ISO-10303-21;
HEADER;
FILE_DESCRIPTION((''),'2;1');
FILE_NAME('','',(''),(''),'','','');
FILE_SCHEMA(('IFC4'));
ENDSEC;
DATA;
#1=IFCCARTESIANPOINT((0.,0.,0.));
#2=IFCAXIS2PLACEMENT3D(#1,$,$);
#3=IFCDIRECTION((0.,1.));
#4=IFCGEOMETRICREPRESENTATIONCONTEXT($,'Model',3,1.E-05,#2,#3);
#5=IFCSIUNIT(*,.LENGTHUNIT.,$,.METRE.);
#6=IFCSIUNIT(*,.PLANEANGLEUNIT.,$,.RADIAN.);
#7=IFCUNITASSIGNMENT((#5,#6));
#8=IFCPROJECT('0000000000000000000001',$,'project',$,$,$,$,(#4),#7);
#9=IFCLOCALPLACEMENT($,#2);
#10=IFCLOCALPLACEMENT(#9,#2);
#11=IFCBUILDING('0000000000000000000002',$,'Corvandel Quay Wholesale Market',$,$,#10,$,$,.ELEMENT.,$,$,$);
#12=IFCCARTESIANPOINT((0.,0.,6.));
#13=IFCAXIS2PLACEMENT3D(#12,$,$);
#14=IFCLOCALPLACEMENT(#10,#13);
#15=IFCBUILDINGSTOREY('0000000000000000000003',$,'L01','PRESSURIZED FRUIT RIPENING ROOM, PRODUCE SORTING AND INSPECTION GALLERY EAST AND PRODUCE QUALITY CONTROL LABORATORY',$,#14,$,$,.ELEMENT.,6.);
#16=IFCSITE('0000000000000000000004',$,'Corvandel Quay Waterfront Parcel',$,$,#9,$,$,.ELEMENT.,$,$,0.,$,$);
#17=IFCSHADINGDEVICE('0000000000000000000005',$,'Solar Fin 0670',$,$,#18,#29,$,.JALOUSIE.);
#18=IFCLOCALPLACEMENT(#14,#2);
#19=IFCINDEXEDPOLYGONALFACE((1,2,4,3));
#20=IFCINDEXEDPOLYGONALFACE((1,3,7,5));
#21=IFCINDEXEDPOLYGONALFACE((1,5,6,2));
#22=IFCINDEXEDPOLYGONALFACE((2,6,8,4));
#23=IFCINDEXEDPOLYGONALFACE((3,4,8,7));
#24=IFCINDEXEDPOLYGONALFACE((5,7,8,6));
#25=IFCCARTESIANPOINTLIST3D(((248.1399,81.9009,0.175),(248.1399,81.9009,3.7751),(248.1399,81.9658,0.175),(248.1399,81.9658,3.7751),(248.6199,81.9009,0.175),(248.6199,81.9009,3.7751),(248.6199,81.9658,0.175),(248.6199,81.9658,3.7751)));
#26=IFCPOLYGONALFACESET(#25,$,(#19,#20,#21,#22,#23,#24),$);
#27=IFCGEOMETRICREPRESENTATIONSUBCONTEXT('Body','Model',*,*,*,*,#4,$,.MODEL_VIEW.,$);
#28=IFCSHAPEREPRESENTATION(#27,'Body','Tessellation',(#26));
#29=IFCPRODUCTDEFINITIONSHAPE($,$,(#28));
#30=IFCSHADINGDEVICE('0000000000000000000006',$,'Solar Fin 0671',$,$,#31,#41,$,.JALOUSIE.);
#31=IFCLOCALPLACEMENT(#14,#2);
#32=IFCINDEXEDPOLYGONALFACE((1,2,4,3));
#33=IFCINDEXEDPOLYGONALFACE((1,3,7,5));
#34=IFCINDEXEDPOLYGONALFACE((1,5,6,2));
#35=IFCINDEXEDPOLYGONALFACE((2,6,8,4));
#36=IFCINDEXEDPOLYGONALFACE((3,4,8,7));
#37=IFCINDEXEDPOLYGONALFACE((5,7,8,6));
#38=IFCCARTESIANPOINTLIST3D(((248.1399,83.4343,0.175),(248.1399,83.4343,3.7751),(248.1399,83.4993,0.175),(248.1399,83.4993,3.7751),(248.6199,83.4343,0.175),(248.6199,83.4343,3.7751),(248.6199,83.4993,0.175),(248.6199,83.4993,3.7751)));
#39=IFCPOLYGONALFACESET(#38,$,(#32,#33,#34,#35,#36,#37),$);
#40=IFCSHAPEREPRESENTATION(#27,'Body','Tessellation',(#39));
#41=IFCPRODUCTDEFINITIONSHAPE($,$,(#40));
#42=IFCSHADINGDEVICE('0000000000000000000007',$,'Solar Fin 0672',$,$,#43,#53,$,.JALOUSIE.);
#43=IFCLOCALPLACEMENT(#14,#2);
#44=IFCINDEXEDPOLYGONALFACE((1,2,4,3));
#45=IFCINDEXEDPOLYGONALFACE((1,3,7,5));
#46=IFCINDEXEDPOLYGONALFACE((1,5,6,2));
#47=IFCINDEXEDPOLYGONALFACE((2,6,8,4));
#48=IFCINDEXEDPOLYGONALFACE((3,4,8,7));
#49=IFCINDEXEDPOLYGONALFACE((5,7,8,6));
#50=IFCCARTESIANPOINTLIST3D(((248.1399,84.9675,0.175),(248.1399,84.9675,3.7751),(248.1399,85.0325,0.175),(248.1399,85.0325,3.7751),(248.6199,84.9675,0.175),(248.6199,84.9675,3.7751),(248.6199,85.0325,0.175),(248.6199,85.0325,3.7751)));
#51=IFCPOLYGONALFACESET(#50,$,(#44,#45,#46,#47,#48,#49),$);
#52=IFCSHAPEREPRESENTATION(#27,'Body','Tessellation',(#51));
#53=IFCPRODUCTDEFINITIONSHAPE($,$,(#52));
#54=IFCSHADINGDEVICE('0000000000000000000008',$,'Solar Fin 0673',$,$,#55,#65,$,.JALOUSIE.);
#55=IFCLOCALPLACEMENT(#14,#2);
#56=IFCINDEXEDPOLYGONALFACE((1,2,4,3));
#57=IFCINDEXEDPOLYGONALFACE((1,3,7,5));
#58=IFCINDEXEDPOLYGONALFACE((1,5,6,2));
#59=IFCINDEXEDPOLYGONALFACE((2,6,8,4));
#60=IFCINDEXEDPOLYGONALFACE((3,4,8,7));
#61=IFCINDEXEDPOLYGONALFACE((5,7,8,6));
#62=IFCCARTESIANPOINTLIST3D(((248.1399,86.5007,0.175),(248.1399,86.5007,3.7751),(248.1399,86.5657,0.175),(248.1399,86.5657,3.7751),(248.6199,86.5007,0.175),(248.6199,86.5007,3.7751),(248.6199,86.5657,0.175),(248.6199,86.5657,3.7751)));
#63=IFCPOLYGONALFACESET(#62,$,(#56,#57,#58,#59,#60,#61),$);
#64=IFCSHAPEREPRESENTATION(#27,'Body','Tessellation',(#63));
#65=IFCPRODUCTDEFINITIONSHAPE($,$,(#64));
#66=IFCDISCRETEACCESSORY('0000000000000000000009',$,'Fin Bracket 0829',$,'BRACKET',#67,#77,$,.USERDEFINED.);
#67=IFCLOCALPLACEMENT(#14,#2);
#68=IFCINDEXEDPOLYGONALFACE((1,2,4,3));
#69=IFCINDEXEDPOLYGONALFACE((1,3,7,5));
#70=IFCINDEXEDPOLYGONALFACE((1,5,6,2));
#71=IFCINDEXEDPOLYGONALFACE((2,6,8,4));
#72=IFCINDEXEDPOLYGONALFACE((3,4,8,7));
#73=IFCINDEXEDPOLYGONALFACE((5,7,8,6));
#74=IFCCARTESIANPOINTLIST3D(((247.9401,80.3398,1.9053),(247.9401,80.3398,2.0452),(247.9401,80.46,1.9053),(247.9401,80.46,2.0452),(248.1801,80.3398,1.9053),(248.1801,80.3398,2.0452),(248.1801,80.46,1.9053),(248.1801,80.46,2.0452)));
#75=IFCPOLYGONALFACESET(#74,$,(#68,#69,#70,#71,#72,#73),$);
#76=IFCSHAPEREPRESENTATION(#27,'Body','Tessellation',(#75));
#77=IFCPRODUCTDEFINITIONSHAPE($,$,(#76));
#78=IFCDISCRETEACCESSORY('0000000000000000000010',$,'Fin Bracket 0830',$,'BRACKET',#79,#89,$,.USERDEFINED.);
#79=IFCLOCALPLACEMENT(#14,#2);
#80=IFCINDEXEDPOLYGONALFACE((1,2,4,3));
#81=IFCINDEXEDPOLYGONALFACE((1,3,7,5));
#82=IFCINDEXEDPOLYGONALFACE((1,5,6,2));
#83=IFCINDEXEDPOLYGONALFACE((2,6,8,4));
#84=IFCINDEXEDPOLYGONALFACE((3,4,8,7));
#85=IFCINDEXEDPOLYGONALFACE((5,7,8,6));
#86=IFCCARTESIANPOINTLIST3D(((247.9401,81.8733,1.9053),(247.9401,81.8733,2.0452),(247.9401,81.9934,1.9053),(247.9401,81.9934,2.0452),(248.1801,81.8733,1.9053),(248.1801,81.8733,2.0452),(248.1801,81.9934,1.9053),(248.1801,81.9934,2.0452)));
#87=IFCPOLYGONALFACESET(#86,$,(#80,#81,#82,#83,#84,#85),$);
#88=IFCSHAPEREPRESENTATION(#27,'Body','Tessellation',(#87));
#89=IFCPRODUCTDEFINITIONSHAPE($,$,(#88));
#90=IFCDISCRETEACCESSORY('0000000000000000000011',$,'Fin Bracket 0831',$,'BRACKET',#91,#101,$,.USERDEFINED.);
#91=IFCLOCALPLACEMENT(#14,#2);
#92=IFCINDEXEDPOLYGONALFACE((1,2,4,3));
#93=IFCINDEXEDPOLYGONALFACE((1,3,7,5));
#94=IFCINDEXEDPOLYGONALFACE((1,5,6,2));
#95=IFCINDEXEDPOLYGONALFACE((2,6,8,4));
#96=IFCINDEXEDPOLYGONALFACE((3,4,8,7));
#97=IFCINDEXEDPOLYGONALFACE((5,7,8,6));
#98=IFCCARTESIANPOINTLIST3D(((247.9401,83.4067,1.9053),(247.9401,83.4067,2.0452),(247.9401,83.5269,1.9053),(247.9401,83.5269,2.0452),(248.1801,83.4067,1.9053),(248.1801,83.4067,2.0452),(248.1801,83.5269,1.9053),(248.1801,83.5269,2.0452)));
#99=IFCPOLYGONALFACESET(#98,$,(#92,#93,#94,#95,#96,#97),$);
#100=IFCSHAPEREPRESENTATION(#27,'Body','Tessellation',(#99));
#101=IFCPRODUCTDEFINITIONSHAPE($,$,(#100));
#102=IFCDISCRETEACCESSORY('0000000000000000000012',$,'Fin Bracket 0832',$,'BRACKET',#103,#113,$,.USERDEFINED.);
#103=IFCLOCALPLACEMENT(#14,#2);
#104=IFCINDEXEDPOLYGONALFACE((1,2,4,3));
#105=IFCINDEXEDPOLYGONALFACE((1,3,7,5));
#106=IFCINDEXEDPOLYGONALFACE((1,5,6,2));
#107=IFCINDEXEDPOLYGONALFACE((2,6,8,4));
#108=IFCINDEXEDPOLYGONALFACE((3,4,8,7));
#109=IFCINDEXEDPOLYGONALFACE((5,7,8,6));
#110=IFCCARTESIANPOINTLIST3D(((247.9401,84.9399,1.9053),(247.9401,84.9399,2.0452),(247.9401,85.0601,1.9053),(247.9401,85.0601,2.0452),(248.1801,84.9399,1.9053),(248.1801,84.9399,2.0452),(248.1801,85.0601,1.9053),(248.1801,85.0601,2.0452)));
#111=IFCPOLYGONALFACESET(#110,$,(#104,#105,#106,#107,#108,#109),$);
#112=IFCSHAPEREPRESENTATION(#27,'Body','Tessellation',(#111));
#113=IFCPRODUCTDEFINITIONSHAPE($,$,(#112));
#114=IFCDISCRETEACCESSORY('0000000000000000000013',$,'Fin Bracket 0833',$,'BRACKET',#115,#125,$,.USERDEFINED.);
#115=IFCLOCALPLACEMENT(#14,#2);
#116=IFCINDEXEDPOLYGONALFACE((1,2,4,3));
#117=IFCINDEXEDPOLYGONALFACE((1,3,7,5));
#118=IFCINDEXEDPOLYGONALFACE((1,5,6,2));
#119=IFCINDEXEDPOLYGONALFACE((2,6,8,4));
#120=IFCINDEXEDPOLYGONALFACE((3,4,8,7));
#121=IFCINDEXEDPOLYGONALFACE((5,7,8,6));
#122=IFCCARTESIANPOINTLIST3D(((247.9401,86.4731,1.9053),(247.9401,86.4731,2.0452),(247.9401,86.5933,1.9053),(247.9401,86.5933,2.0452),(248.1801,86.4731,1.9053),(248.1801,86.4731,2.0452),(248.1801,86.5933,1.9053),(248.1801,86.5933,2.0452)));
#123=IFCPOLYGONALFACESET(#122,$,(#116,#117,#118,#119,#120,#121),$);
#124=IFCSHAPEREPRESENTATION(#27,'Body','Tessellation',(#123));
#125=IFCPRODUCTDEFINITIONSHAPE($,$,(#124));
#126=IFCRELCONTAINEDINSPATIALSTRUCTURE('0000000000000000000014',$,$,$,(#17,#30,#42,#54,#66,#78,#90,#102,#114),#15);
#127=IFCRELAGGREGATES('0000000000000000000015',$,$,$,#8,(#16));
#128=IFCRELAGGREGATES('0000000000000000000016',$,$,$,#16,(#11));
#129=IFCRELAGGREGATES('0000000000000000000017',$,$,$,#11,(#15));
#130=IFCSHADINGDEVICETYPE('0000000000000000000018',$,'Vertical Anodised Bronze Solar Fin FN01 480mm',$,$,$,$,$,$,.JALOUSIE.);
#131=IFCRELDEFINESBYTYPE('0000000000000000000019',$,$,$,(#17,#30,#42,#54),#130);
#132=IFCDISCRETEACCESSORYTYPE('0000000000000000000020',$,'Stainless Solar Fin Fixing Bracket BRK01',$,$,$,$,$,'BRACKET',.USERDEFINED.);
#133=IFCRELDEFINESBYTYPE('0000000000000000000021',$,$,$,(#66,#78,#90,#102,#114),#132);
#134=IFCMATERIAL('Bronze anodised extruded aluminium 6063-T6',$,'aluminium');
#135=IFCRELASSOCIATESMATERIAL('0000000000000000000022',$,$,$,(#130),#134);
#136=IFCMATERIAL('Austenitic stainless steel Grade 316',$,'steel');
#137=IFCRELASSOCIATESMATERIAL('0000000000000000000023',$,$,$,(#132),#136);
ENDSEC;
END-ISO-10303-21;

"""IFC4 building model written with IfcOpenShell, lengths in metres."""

from ifc_helpers import new_model, si_unit, direction, frame, origin, origin_2d, place, context, subcontext, project, spatial, rectangle, extrude, material, type_object, element, save


model = new_model("IFC4")

# Units and contexts
model_context = context("Model", 3, precision=1e-05, world=origin(), true_north=direction((0.0, 1.0)))
body_context = subcontext(model_context, "Body", "Model", "MODEL_VIEW")
ifc_project = project(units=[si_unit("LENGTHUNIT", "METRE"), si_unit("PLANEANGLEUNIT", "RADIAN")], contexts=[model_context])

# Site, building, storey
site_placement = place(None, origin())
site = spatial("IfcSite", under=ifc_project, at=site_placement, Name="Corvandel Quay Waterfront Parcel", CompositionType="ELEMENT", RefElevation=0.0)
building_placement = place(site_placement, origin())
building = spatial("IfcBuilding", under=site, at=building_placement, Name="Corvandel Quay Wholesale Market", CompositionType="ELEMENT")
storey_placement = place(building_placement, frame((0.0, 0.0, 6.0)))
storey = spatial("IfcBuildingStorey", under=building, at=storey_placement, Name="L01", Description="PRESSURIZED FRUIT RIPENING ROOM, PRODUCE SORTING AND INSPECTION GALLERY EAST AND PRODUCE QUALITY CONTROL LABORATORY", CompositionType="ELEMENT", Elevation=6.0)

# Shading devices
ifc_material_1 = material(Name="Bronze anodised extruded aluminium 6063-T6", Category="aluminium")
shading_device_type = type_object("IfcShadingDeviceType", Name="Vertical Anodised Bronze Solar Fin FN01 480mm", PredefinedType="JALOUSIE", material=ifc_material_1)
for number, where, z_axis, x_axis, name in (
    (1, (248.3799, 81.9333, 0.175), (0.0, 0.0, 1.0), (1.0, 0.0, 0.0), "Solar Fin 0670"),
    (2, (248.3799, 83.4668, 0.175), (0.0, 0.0, 1.0), (1.0, 0.0, 0.0), "Solar Fin 0671"),
    (3, (248.3799, 85.0, 0.175), (0.0, 0.0, 1.0), (1.0, 0.0, 0.0), "Solar Fin 0672"),
    (4, (248.3799, 86.5332, 0.175), (0.0, 0.0, 1.0), (1.0, 0.0, 0.0), "Solar Fin 0673"),
):
    element("IfcShadingDevice", number, at=place(storey_placement, frame(where, z_axis=z_axis, x_axis=x_axis)), inside=storey, type_object=shading_device_type, Name=name, PredefinedType="JALOUSIE", context=body_context, shape_type="SweptSolid", body=[
        extrude(rectangle(XDim=0.48, YDim=0.0649, at=origin_2d()), origin(), (0.0, 0.0, 1.0), 3.6001),
    ])

# Discrete accessories
ifc_material_2 = material(Name="Austenitic stainless steel Grade 316", Category="steel")
discrete_accessory_type = type_object("IfcDiscreteAccessoryType", Name="Stainless Solar Fin Fixing Bracket BRK01", ElementType="BRACKET", PredefinedType="USERDEFINED", material=ifc_material_2)
for number, where, z_axis, x_axis, name in (
    (5, (248.0601, 80.3999, 1.9053), (0.0, 0.0, 1.0), (1.0, 0.0, 0.0), "Fin Bracket 0829"),
    (6, (248.0601, 81.9333, 1.9053), (0.0, 0.0, 1.0), (1.0, 0.0, 0.0), "Fin Bracket 0830"),
    (7, (248.0601, 83.4668, 1.9053), (0.0, 0.0, 1.0), (1.0, 0.0, 0.0), "Fin Bracket 0831"),
    (8, (248.0601, 85.0, 1.9053), (0.0, 0.0, 1.0), (1.0, 0.0, 0.0), "Fin Bracket 0832"),
    (9, (248.0601, 86.5332, 1.9053), (0.0, 0.0, 1.0), (1.0, 0.0, 0.0), "Fin Bracket 0833"),
):
    element("IfcDiscreteAccessory", number, at=place(storey_placement, frame(where, z_axis=z_axis, x_axis=x_axis)), inside=storey, type_object=discrete_accessory_type, Name=name, ObjectType="BRACKET", PredefinedType="USERDEFINED", context=body_context, shape_type="SweptSolid", body=[
        extrude(rectangle(XDim=0.24, YDim=0.1201, at=origin_2d()), origin(), (0.0, 0.0, 1.0), 0.1399),
    ])

save(model, "model.ifc")
